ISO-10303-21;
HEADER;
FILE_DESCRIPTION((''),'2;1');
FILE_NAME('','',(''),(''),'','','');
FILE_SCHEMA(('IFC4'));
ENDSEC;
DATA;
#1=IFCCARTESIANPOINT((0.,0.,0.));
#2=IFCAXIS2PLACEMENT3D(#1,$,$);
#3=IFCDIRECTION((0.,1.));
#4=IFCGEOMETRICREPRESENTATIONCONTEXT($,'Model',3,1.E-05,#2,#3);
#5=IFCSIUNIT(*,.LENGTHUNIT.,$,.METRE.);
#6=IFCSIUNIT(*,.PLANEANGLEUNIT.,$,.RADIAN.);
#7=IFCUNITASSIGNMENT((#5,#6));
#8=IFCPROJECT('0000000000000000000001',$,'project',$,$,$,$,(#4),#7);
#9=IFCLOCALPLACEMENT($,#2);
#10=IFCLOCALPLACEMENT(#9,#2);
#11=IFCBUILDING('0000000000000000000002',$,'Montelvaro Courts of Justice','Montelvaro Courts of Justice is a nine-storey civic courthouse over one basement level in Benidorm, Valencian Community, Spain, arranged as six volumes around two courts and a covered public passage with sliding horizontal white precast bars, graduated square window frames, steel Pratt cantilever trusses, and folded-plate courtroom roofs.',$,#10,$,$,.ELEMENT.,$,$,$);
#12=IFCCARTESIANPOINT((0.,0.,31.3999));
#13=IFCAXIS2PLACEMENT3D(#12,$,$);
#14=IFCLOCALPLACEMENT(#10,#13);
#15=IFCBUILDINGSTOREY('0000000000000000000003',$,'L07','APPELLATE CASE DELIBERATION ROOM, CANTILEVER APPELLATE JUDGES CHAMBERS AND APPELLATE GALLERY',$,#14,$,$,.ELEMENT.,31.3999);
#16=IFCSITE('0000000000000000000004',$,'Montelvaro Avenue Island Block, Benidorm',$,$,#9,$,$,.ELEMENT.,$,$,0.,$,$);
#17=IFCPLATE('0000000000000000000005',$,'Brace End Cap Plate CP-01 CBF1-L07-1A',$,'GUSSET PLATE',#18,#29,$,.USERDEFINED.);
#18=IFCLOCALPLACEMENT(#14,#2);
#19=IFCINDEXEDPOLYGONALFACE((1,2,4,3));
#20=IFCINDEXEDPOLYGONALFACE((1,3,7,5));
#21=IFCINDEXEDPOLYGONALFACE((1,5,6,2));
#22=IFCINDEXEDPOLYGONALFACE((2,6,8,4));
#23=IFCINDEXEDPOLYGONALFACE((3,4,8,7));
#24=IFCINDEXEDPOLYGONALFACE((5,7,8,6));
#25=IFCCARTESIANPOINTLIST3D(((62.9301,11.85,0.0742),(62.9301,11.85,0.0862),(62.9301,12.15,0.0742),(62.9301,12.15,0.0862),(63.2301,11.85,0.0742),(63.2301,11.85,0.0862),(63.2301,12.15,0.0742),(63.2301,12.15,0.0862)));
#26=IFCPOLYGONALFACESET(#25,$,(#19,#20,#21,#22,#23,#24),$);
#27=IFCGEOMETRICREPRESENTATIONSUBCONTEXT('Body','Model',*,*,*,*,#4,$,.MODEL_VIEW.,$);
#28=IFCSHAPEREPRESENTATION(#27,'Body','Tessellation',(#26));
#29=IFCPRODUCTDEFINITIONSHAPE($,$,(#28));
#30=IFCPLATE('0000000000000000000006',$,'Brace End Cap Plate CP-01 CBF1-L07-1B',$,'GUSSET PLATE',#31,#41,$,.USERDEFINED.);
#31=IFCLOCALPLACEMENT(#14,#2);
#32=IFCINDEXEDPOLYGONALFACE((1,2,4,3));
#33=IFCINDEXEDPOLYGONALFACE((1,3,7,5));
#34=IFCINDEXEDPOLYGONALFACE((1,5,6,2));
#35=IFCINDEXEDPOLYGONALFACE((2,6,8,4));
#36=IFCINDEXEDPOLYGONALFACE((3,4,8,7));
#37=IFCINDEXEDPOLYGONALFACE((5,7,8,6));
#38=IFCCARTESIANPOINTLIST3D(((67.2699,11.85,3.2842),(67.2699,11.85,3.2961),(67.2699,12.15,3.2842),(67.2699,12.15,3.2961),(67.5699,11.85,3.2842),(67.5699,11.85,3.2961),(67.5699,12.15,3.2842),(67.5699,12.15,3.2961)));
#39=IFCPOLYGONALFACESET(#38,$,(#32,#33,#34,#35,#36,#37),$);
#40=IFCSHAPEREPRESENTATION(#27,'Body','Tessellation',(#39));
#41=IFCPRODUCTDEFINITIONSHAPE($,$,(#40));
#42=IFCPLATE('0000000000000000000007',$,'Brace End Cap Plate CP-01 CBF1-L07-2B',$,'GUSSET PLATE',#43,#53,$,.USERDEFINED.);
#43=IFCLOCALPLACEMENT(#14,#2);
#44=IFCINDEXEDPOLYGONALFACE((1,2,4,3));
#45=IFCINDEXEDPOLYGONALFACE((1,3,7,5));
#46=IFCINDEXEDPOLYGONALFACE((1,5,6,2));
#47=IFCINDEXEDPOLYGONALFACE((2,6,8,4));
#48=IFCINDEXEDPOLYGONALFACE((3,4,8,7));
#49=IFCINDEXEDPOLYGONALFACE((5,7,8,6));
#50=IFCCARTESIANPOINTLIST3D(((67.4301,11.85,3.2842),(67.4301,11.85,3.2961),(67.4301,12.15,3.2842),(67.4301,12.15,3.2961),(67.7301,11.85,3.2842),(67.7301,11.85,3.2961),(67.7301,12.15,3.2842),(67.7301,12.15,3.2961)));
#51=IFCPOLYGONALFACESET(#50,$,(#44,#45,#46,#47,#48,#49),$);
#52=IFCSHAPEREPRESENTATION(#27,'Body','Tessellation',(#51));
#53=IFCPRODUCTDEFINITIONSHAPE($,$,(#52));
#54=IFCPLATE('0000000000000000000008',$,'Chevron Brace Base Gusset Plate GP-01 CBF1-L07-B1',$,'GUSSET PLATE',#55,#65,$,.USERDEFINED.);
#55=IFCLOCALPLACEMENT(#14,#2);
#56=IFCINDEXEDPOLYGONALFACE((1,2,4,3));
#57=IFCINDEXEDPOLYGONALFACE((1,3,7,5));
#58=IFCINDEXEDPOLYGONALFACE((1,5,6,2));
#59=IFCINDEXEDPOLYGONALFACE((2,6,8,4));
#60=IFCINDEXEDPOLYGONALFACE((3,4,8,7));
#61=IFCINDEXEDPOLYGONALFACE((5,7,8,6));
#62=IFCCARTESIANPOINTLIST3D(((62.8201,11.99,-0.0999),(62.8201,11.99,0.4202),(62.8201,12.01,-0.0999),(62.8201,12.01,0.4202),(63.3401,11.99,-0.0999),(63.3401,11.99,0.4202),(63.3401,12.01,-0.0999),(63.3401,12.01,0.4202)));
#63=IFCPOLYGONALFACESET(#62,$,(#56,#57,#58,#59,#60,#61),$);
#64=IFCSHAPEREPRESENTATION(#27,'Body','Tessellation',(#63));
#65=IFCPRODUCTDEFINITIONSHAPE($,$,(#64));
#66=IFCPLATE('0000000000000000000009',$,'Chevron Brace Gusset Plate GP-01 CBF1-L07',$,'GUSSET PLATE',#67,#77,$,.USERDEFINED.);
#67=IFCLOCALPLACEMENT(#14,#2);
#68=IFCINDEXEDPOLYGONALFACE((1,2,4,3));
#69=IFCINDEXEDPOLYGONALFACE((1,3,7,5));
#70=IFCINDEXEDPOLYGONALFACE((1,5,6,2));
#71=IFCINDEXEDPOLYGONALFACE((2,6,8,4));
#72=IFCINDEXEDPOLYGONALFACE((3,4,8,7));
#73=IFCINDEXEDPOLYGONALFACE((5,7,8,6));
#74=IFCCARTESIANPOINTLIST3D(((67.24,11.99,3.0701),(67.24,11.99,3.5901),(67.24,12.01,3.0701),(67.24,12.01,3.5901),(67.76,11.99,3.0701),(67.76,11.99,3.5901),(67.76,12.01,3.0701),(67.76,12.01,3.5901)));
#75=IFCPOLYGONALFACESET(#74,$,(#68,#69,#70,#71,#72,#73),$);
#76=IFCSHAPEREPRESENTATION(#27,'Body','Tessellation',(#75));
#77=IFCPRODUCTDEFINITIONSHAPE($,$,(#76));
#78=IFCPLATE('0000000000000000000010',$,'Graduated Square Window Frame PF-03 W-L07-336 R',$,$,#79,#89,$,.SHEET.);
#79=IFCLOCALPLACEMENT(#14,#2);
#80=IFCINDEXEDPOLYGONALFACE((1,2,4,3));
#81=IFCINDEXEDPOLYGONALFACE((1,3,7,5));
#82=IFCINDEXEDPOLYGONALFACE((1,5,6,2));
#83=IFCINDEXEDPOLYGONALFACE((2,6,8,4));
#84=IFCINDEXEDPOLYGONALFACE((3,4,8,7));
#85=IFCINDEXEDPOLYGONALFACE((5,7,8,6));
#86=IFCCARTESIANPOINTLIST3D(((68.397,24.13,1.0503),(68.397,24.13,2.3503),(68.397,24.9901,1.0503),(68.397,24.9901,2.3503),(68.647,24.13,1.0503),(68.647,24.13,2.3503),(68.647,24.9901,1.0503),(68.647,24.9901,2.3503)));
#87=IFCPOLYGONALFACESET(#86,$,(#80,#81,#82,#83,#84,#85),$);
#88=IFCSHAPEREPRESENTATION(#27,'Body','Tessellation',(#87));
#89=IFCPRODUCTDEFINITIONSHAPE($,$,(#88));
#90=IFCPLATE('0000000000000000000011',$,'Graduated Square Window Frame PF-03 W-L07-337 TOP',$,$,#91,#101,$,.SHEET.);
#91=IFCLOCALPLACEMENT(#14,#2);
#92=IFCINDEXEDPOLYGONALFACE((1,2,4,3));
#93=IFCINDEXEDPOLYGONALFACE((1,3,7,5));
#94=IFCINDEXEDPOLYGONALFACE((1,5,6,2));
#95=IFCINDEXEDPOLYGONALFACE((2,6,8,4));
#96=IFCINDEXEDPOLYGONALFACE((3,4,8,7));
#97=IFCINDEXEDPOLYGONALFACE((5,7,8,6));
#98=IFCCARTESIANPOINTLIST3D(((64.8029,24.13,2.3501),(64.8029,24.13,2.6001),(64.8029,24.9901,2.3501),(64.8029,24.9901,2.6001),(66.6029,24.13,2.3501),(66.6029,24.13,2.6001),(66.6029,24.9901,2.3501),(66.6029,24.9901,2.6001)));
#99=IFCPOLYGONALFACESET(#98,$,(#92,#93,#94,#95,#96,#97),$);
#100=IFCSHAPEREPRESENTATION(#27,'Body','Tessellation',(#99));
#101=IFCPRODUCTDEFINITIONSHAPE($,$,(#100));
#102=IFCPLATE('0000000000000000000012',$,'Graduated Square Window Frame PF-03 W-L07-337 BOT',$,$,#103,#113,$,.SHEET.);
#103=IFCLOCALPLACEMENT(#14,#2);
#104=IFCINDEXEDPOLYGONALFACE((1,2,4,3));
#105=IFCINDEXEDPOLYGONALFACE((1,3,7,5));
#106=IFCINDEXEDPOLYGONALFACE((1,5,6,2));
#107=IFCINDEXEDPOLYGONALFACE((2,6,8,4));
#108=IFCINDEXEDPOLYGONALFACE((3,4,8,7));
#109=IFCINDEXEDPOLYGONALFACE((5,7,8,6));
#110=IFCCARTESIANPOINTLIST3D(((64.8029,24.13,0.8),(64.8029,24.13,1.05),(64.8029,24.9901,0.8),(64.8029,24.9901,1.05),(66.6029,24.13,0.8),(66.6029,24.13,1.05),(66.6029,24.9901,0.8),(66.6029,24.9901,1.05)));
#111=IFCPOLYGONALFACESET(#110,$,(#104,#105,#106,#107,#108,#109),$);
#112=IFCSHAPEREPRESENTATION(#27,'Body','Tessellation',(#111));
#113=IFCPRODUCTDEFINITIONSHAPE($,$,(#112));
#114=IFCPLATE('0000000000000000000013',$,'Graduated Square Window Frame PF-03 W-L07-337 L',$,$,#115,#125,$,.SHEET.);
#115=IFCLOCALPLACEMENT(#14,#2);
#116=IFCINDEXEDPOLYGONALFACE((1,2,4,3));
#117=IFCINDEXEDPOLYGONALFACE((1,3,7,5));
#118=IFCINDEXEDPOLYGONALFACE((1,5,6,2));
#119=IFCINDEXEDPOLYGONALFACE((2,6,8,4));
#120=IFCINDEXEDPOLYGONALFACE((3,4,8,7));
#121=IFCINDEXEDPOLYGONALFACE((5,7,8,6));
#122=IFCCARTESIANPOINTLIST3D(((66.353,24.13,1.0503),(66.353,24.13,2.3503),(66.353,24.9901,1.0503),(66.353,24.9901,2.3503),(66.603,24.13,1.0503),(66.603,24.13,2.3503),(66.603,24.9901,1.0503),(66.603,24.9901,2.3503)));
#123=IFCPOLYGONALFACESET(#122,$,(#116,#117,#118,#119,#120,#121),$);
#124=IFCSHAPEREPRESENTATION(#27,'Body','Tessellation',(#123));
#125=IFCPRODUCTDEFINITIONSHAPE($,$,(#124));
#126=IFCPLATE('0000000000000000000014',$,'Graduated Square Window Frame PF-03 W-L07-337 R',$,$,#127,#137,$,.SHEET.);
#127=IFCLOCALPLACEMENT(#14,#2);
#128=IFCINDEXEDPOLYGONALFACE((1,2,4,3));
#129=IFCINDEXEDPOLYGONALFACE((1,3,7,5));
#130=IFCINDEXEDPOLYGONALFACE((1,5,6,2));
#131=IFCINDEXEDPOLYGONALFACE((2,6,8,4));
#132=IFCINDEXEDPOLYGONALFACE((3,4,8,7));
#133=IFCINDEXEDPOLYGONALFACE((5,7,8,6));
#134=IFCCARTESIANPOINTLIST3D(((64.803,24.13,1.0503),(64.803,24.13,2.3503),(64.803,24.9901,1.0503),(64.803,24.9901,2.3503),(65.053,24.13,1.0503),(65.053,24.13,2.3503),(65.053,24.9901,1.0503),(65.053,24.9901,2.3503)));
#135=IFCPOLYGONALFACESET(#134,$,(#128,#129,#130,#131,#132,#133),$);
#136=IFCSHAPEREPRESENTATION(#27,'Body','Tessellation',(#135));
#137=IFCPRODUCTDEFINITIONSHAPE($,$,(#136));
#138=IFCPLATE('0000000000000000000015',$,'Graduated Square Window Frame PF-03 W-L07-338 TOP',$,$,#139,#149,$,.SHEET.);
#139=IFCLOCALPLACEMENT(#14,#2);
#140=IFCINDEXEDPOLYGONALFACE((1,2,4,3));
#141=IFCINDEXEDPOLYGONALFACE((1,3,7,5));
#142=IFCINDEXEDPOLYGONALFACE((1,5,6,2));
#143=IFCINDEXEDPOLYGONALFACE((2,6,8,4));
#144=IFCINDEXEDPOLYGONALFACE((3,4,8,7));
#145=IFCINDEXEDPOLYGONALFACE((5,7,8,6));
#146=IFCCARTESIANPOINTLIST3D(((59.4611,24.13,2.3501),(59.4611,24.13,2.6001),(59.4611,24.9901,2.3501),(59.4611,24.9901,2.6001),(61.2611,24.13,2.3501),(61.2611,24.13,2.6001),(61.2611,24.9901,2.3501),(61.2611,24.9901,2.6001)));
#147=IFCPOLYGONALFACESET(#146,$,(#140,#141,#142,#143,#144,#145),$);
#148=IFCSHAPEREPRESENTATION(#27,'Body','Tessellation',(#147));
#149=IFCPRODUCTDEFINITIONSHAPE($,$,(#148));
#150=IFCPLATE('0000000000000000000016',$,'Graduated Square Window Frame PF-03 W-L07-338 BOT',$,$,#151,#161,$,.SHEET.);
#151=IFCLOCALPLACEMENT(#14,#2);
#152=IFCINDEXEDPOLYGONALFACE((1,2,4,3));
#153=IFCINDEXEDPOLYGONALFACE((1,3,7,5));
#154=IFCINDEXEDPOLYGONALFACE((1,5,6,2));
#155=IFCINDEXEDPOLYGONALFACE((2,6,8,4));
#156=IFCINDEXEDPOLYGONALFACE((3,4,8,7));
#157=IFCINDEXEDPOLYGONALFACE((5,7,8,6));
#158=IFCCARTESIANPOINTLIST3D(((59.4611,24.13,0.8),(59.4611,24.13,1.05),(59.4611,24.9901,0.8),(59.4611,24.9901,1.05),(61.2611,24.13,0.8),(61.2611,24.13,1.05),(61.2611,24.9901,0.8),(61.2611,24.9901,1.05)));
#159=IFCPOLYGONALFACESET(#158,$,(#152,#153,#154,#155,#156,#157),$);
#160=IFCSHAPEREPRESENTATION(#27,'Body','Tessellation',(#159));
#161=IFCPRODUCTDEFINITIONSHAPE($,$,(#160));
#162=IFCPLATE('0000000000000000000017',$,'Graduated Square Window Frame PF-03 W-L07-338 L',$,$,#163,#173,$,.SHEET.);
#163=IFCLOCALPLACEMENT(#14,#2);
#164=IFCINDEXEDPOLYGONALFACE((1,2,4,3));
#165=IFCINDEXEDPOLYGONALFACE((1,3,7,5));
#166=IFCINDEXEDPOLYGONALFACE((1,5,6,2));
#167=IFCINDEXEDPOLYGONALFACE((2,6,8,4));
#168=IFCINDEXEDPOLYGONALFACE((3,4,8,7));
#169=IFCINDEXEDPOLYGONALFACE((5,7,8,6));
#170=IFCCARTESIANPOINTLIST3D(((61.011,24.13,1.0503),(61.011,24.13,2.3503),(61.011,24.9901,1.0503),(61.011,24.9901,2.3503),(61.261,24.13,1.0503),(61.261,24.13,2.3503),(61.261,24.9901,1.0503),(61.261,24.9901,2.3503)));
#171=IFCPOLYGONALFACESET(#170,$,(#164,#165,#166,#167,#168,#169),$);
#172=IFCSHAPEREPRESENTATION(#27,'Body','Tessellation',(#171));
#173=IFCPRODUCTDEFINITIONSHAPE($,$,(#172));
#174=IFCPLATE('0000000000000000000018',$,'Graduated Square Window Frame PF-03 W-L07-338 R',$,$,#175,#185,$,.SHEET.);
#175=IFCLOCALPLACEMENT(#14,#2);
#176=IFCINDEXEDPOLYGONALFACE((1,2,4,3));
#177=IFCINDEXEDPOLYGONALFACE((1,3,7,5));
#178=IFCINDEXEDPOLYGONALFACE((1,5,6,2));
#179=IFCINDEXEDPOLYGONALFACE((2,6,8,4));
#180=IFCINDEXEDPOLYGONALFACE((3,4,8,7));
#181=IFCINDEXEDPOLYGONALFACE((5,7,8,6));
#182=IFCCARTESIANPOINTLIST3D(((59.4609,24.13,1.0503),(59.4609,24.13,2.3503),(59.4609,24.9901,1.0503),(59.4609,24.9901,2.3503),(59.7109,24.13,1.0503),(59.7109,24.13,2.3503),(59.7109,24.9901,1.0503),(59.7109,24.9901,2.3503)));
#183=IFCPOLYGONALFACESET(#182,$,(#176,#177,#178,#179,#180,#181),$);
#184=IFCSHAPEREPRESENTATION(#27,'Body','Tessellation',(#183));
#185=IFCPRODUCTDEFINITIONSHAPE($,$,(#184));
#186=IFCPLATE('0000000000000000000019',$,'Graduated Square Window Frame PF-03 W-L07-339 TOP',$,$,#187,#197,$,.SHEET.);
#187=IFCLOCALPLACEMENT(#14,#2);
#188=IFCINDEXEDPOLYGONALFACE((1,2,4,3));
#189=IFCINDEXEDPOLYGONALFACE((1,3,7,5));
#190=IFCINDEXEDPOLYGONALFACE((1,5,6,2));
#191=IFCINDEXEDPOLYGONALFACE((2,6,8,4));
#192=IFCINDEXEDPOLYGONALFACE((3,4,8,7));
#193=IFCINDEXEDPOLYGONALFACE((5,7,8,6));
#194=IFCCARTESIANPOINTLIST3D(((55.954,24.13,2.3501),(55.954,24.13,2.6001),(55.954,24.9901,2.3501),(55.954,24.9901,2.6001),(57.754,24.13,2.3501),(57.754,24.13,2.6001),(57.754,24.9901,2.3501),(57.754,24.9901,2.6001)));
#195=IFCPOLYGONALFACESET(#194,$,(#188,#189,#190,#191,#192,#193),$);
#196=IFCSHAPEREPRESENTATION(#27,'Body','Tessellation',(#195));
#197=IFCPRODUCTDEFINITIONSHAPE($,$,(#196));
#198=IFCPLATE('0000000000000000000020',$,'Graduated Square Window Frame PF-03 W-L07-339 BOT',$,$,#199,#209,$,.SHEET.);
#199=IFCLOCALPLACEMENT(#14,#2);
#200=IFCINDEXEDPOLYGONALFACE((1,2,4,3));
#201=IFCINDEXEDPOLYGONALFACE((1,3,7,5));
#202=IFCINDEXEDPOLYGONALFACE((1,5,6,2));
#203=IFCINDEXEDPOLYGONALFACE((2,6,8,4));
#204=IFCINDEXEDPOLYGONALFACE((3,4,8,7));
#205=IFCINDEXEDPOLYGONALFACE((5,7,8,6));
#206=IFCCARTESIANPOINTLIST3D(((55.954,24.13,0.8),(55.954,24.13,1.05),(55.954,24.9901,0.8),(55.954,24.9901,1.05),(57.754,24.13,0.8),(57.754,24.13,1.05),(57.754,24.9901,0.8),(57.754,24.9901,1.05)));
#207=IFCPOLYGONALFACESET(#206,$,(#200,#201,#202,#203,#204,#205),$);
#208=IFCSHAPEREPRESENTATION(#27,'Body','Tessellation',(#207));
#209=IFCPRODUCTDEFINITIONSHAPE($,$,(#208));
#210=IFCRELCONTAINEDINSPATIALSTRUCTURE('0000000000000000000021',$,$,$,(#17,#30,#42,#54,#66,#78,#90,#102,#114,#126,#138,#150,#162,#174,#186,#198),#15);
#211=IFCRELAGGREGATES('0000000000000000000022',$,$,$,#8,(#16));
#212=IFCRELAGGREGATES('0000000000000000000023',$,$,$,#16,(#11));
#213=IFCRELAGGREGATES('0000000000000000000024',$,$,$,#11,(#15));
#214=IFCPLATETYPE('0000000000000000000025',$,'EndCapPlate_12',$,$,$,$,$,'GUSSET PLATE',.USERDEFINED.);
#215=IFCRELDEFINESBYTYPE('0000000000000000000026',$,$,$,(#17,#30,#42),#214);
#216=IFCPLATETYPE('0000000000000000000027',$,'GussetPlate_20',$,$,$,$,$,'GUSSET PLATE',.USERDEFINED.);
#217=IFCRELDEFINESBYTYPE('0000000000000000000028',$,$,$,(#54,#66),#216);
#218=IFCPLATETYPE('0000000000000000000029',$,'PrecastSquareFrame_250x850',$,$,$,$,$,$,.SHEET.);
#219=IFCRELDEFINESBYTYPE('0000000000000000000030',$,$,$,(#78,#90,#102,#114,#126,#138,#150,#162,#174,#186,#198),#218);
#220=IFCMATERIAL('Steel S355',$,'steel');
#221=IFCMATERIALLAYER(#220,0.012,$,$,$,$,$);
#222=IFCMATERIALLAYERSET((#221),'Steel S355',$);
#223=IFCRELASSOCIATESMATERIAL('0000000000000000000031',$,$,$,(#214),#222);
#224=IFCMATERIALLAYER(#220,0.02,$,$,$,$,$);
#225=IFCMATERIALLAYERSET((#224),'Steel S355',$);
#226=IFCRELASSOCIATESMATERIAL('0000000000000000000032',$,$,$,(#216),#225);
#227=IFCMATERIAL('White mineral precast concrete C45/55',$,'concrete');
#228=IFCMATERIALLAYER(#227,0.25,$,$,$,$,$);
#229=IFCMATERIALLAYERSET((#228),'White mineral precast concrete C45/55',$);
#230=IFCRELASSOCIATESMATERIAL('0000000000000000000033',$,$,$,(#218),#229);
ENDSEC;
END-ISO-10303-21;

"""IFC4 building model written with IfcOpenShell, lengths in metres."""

from ifc_helpers import new_model, si_unit, direction, frame, origin, origin_2d, place, context, subcontext, project, spatial, rectangle, extrude, material, layer, layer_set, type_object, element, save


model = new_model("IFC4")

# Units and contexts
model_context = context("Model", 3, precision=1e-05, world=origin(), true_north=direction((0.0, 1.0)))
body_context = subcontext(model_context, "Body", "Model", "MODEL_VIEW")
ifc_project = project(units=[si_unit("LENGTHUNIT", "METRE"), si_unit("PLANEANGLEUNIT", "RADIAN")], contexts=[model_context])

# Site, building, storey
site_placement = place(None, origin())
site = spatial("IfcSite", under=ifc_project, at=site_placement, Name="Montelvaro Avenue Island Block, Benidorm", CompositionType="ELEMENT", RefElevation=0.0)
building_placement = place(site_placement, origin())
building = spatial("IfcBuilding", under=site, at=building_placement, Name="Montelvaro Courts of Justice", Description="Montelvaro Courts of Justice is a nine-storey civic courthouse over one basement level in Benidorm, Valencian Community, Spain, arranged as six volumes around two courts and a covered public passage with sliding horizontal white precast bars, graduated square window frames, steel Pratt cantilever trusses, and folded-plate courtroom roofs.", CompositionType="ELEMENT")
storey_placement = place(building_placement, frame((0.0, 0.0, 31.3999)))
storey = spatial("IfcBuildingStorey", under=building, at=storey_placement, Name="L07", Description="APPELLATE CASE DELIBERATION ROOM, CANTILEVER APPELLATE JUDGES CHAMBERS AND APPELLATE GALLERY", CompositionType="ELEMENT", Elevation=31.3999)

# Shared definitions
ifc_material_1 = material(Name="Steel S355", Category="steel")

# Plates
ifc_layer_1 = layer(ifc_material_1, 0.012)
ifc_layer_set_1 = layer_set([ifc_layer_1], Name="Steel S355")
plate_type_1 = type_object("IfcPlateType", Name="EndCapPlate_12", ElementType="GUSSET PLATE", PredefinedType="USERDEFINED", material=ifc_layer_set_1)
for number, where, z_axis, x_axis, name in (
    (1, (63.0801, 12.0, 0.0742), (0.0, 0.0, 1.0), (1.0, 0.0, 0.0), "Brace End Cap Plate CP-01 CBF1-L07-1A"),
    (2, (67.4199, 12.0, 3.2842), (0.0, 0.0, 1.0), (1.0, 0.0, 0.0), "Brace End Cap Plate CP-01 CBF1-L07-1B"),
    (3, (67.5801, 12.0, 3.2842), (0.0, 0.0, 1.0), (1.0, 0.0, 0.0), "Brace End Cap Plate CP-01 CBF1-L07-2B"),
):
    element("IfcPlate", number, at=place(storey_placement, frame(where, z_axis=z_axis, x_axis=x_axis)), inside=storey, type_object=plate_type_1, Name=name, ObjectType="GUSSET PLATE", PredefinedType="USERDEFINED", context=body_context, shape_type="SweptSolid", body=[
        extrude(rectangle(XDim=0.3, YDim=0.3, at=origin_2d()), origin(), (0.0, 0.0, 1.0), 0.012),
    ])
ifc_layer_2 = layer(ifc_material_1, 0.02)
ifc_layer_set_2 = layer_set([ifc_layer_2], Name="Steel S355")
plate_type_2 = type_object("IfcPlateType", Name="GussetPlate_20", ElementType="GUSSET PLATE", PredefinedType="USERDEFINED", material=ifc_layer_set_2)
for number, where, z_axis, x_axis, name in (
    (4, (63.0801, 12.0, -0.0999), (0.0, 0.0, 1.0), (1.0, 0.0, 0.0), "Chevron Brace Base Gusset Plate GP-01 CBF1-L07-B1"),
    (5, (67.5, 12.0, 3.0701), (0.0, 0.0, 1.0), (1.0, 0.0, 0.0), "Chevron Brace Gusset Plate GP-01 CBF1-L07"),
):
    element("IfcPlate", number, at=place(storey_placement, frame(where, z_axis=z_axis, x_axis=x_axis)), inside=storey, type_object=plate_type_2, Name=name, ObjectType="GUSSET PLATE", PredefinedType="USERDEFINED", context=body_context, shape_type="SweptSolid", body=[
        extrude(rectangle(XDim=0.52, YDim=0.02, at=origin_2d()), origin(), (0.0, 0.0, 1.0), 0.52),
    ])
ifc_material_2 = material(Name="White mineral precast concrete C45/55", Category="concrete")
ifc_layer_3 = layer(ifc_material_2, 0.25)
ifc_layer_set_3 = layer_set([ifc_layer_3], Name="White mineral precast concrete C45/55")
plate_type_3 = type_object("IfcPlateType", Name="PrecastSquareFrame_250x850", PredefinedType="SHEET", material=ifc_layer_set_3)
plate_placement = place(storey_placement, frame((68.522, 24.5601, 1.0503), z_axis=(0.0, 0.0, 1.0), x_axis=(-1.0, 0.0, 0.0)))
element("IfcPlate", 6, at=plate_placement, inside=storey, type_object=plate_type_3, Name="Graduated Square Window Frame PF-03 W-L07-336 R", PredefinedType="SHEET", context=body_context, shape_type="SweptSolid", body=[
    extrude(rectangle(XDim=0.25, YDim=0.8601, at=origin_2d()), origin(), (0.0, 0.0, 1.0), 1.3),
])
for number, where, z_axis, x_axis, name in (
    (7, (65.7029, 24.5601, 2.3501), (0.0, 0.0, 1.0), (-1.0, 0.0, 0.0), "Graduated Square Window Frame PF-03 W-L07-337 TOP"),
    (8, (65.7029, 24.5601, 0.8), (0.0, 0.0, 1.0), (-1.0, 0.0, 0.0), "Graduated Square Window Frame PF-03 W-L07-337 BOT"),
):
    element("IfcPlate", number, at=place(storey_placement, frame(where, z_axis=z_axis, x_axis=x_axis)), inside=storey, type_object=plate_type_3, Name=name, PredefinedType="SHEET", context=body_context, shape_type="SweptSolid", body=[
        extrude(rectangle(XDim=1.8, YDim=0.8601, at=origin_2d()), origin(), (0.0, 0.0, 1.0), 0.25),
    ])
for number, where, z_axis, x_axis, name in (
    (9, (66.478, 24.5601, 1.0503), (0.0, 0.0, 1.0), (-1.0, 0.0, 0.0), "Graduated Square Window Frame PF-03 W-L07-337 L"),
    (10, (64.928, 24.5601, 1.0503), (0.0, 0.0, 1.0), (-1.0, 0.0, 0.0), "Graduated Square Window Frame PF-03 W-L07-337 R"),
):
    element("IfcPlate", number, at=place(storey_placement, frame(where, z_axis=z_axis, x_axis=x_axis)), inside=storey, type_object=plate_type_3, Name=name, PredefinedType="SHEET", context=body_context, shape_type="SweptSolid", body=[
        extrude(rectangle(XDim=0.25, YDim=0.8601, at=origin_2d()), origin(), (0.0, 0.0, 1.0), 1.3),
    ])
for number, where, z_axis, x_axis, name in (
    (11, (60.3611, 24.5601, 2.3501), (0.0, 0.0, 1.0), (-1.0, 0.0, 0.0), "Graduated Square Window Frame PF-03 W-L07-338 TOP"),
    (12, (60.3611, 24.5601, 0.8), (0.0, 0.0, 1.0), (-1.0, 0.0, 0.0), "Graduated Square Window Frame PF-03 W-L07-338 BOT"),
):
    element("IfcPlate", number, at=place(storey_placement, frame(where, z_axis=z_axis, x_axis=x_axis)), inside=storey, type_object=plate_type_3, Name=name, PredefinedType="SHEET", context=body_context, shape_type="SweptSolid", body=[
        extrude(rectangle(XDim=1.8, YDim=0.8601, at=origin_2d()), origin(), (0.0, 0.0, 1.0), 0.25),
    ])
for number, where, z_axis, x_axis, name in (
    (13, (61.136, 24.5601, 1.0503), (0.0, 0.0, 1.0), (-1.0, 0.0, 0.0), "Graduated Square Window Frame PF-03 W-L07-338 L"),
    (14, (59.5859, 24.5601, 1.0503), (0.0, 0.0, 1.0), (-1.0, 0.0, 0.0), "Graduated Square Window Frame PF-03 W-L07-338 R"),
):
    element("IfcPlate", number, at=place(storey_placement, frame(where, z_axis=z_axis, x_axis=x_axis)), inside=storey, type_object=plate_type_3, Name=name, PredefinedType="SHEET", context=body_context, shape_type="SweptSolid", body=[
        extrude(rectangle(XDim=0.25, YDim=0.8601, at=origin_2d()), origin(), (0.0, 0.0, 1.0), 1.3),
    ])
for number, where, z_axis, x_axis, name in (
    (15, (56.854, 24.5601, 2.3501), (0.0, 0.0, 1.0), (-1.0, 0.0, 0.0), "Graduated Square Window Frame PF-03 W-L07-339 TOP"),
    (16, (56.854, 24.5601, 0.8), (0.0, 0.0, 1.0), (-1.0, 0.0, 0.0), "Graduated Square Window Frame PF-03 W-L07-339 BOT"),
):
    element("IfcPlate", number, at=place(storey_placement, frame(where, z_axis=z_axis, x_axis=x_axis)), inside=storey, type_object=plate_type_3, Name=name, PredefinedType="SHEET", context=body_context, shape_type="SweptSolid", body=[
        extrude(rectangle(XDim=1.8, YDim=0.8601, at=origin_2d()), origin(), (0.0, 0.0, 1.0), 0.25),
    ])

save(model, "model.ifc")
